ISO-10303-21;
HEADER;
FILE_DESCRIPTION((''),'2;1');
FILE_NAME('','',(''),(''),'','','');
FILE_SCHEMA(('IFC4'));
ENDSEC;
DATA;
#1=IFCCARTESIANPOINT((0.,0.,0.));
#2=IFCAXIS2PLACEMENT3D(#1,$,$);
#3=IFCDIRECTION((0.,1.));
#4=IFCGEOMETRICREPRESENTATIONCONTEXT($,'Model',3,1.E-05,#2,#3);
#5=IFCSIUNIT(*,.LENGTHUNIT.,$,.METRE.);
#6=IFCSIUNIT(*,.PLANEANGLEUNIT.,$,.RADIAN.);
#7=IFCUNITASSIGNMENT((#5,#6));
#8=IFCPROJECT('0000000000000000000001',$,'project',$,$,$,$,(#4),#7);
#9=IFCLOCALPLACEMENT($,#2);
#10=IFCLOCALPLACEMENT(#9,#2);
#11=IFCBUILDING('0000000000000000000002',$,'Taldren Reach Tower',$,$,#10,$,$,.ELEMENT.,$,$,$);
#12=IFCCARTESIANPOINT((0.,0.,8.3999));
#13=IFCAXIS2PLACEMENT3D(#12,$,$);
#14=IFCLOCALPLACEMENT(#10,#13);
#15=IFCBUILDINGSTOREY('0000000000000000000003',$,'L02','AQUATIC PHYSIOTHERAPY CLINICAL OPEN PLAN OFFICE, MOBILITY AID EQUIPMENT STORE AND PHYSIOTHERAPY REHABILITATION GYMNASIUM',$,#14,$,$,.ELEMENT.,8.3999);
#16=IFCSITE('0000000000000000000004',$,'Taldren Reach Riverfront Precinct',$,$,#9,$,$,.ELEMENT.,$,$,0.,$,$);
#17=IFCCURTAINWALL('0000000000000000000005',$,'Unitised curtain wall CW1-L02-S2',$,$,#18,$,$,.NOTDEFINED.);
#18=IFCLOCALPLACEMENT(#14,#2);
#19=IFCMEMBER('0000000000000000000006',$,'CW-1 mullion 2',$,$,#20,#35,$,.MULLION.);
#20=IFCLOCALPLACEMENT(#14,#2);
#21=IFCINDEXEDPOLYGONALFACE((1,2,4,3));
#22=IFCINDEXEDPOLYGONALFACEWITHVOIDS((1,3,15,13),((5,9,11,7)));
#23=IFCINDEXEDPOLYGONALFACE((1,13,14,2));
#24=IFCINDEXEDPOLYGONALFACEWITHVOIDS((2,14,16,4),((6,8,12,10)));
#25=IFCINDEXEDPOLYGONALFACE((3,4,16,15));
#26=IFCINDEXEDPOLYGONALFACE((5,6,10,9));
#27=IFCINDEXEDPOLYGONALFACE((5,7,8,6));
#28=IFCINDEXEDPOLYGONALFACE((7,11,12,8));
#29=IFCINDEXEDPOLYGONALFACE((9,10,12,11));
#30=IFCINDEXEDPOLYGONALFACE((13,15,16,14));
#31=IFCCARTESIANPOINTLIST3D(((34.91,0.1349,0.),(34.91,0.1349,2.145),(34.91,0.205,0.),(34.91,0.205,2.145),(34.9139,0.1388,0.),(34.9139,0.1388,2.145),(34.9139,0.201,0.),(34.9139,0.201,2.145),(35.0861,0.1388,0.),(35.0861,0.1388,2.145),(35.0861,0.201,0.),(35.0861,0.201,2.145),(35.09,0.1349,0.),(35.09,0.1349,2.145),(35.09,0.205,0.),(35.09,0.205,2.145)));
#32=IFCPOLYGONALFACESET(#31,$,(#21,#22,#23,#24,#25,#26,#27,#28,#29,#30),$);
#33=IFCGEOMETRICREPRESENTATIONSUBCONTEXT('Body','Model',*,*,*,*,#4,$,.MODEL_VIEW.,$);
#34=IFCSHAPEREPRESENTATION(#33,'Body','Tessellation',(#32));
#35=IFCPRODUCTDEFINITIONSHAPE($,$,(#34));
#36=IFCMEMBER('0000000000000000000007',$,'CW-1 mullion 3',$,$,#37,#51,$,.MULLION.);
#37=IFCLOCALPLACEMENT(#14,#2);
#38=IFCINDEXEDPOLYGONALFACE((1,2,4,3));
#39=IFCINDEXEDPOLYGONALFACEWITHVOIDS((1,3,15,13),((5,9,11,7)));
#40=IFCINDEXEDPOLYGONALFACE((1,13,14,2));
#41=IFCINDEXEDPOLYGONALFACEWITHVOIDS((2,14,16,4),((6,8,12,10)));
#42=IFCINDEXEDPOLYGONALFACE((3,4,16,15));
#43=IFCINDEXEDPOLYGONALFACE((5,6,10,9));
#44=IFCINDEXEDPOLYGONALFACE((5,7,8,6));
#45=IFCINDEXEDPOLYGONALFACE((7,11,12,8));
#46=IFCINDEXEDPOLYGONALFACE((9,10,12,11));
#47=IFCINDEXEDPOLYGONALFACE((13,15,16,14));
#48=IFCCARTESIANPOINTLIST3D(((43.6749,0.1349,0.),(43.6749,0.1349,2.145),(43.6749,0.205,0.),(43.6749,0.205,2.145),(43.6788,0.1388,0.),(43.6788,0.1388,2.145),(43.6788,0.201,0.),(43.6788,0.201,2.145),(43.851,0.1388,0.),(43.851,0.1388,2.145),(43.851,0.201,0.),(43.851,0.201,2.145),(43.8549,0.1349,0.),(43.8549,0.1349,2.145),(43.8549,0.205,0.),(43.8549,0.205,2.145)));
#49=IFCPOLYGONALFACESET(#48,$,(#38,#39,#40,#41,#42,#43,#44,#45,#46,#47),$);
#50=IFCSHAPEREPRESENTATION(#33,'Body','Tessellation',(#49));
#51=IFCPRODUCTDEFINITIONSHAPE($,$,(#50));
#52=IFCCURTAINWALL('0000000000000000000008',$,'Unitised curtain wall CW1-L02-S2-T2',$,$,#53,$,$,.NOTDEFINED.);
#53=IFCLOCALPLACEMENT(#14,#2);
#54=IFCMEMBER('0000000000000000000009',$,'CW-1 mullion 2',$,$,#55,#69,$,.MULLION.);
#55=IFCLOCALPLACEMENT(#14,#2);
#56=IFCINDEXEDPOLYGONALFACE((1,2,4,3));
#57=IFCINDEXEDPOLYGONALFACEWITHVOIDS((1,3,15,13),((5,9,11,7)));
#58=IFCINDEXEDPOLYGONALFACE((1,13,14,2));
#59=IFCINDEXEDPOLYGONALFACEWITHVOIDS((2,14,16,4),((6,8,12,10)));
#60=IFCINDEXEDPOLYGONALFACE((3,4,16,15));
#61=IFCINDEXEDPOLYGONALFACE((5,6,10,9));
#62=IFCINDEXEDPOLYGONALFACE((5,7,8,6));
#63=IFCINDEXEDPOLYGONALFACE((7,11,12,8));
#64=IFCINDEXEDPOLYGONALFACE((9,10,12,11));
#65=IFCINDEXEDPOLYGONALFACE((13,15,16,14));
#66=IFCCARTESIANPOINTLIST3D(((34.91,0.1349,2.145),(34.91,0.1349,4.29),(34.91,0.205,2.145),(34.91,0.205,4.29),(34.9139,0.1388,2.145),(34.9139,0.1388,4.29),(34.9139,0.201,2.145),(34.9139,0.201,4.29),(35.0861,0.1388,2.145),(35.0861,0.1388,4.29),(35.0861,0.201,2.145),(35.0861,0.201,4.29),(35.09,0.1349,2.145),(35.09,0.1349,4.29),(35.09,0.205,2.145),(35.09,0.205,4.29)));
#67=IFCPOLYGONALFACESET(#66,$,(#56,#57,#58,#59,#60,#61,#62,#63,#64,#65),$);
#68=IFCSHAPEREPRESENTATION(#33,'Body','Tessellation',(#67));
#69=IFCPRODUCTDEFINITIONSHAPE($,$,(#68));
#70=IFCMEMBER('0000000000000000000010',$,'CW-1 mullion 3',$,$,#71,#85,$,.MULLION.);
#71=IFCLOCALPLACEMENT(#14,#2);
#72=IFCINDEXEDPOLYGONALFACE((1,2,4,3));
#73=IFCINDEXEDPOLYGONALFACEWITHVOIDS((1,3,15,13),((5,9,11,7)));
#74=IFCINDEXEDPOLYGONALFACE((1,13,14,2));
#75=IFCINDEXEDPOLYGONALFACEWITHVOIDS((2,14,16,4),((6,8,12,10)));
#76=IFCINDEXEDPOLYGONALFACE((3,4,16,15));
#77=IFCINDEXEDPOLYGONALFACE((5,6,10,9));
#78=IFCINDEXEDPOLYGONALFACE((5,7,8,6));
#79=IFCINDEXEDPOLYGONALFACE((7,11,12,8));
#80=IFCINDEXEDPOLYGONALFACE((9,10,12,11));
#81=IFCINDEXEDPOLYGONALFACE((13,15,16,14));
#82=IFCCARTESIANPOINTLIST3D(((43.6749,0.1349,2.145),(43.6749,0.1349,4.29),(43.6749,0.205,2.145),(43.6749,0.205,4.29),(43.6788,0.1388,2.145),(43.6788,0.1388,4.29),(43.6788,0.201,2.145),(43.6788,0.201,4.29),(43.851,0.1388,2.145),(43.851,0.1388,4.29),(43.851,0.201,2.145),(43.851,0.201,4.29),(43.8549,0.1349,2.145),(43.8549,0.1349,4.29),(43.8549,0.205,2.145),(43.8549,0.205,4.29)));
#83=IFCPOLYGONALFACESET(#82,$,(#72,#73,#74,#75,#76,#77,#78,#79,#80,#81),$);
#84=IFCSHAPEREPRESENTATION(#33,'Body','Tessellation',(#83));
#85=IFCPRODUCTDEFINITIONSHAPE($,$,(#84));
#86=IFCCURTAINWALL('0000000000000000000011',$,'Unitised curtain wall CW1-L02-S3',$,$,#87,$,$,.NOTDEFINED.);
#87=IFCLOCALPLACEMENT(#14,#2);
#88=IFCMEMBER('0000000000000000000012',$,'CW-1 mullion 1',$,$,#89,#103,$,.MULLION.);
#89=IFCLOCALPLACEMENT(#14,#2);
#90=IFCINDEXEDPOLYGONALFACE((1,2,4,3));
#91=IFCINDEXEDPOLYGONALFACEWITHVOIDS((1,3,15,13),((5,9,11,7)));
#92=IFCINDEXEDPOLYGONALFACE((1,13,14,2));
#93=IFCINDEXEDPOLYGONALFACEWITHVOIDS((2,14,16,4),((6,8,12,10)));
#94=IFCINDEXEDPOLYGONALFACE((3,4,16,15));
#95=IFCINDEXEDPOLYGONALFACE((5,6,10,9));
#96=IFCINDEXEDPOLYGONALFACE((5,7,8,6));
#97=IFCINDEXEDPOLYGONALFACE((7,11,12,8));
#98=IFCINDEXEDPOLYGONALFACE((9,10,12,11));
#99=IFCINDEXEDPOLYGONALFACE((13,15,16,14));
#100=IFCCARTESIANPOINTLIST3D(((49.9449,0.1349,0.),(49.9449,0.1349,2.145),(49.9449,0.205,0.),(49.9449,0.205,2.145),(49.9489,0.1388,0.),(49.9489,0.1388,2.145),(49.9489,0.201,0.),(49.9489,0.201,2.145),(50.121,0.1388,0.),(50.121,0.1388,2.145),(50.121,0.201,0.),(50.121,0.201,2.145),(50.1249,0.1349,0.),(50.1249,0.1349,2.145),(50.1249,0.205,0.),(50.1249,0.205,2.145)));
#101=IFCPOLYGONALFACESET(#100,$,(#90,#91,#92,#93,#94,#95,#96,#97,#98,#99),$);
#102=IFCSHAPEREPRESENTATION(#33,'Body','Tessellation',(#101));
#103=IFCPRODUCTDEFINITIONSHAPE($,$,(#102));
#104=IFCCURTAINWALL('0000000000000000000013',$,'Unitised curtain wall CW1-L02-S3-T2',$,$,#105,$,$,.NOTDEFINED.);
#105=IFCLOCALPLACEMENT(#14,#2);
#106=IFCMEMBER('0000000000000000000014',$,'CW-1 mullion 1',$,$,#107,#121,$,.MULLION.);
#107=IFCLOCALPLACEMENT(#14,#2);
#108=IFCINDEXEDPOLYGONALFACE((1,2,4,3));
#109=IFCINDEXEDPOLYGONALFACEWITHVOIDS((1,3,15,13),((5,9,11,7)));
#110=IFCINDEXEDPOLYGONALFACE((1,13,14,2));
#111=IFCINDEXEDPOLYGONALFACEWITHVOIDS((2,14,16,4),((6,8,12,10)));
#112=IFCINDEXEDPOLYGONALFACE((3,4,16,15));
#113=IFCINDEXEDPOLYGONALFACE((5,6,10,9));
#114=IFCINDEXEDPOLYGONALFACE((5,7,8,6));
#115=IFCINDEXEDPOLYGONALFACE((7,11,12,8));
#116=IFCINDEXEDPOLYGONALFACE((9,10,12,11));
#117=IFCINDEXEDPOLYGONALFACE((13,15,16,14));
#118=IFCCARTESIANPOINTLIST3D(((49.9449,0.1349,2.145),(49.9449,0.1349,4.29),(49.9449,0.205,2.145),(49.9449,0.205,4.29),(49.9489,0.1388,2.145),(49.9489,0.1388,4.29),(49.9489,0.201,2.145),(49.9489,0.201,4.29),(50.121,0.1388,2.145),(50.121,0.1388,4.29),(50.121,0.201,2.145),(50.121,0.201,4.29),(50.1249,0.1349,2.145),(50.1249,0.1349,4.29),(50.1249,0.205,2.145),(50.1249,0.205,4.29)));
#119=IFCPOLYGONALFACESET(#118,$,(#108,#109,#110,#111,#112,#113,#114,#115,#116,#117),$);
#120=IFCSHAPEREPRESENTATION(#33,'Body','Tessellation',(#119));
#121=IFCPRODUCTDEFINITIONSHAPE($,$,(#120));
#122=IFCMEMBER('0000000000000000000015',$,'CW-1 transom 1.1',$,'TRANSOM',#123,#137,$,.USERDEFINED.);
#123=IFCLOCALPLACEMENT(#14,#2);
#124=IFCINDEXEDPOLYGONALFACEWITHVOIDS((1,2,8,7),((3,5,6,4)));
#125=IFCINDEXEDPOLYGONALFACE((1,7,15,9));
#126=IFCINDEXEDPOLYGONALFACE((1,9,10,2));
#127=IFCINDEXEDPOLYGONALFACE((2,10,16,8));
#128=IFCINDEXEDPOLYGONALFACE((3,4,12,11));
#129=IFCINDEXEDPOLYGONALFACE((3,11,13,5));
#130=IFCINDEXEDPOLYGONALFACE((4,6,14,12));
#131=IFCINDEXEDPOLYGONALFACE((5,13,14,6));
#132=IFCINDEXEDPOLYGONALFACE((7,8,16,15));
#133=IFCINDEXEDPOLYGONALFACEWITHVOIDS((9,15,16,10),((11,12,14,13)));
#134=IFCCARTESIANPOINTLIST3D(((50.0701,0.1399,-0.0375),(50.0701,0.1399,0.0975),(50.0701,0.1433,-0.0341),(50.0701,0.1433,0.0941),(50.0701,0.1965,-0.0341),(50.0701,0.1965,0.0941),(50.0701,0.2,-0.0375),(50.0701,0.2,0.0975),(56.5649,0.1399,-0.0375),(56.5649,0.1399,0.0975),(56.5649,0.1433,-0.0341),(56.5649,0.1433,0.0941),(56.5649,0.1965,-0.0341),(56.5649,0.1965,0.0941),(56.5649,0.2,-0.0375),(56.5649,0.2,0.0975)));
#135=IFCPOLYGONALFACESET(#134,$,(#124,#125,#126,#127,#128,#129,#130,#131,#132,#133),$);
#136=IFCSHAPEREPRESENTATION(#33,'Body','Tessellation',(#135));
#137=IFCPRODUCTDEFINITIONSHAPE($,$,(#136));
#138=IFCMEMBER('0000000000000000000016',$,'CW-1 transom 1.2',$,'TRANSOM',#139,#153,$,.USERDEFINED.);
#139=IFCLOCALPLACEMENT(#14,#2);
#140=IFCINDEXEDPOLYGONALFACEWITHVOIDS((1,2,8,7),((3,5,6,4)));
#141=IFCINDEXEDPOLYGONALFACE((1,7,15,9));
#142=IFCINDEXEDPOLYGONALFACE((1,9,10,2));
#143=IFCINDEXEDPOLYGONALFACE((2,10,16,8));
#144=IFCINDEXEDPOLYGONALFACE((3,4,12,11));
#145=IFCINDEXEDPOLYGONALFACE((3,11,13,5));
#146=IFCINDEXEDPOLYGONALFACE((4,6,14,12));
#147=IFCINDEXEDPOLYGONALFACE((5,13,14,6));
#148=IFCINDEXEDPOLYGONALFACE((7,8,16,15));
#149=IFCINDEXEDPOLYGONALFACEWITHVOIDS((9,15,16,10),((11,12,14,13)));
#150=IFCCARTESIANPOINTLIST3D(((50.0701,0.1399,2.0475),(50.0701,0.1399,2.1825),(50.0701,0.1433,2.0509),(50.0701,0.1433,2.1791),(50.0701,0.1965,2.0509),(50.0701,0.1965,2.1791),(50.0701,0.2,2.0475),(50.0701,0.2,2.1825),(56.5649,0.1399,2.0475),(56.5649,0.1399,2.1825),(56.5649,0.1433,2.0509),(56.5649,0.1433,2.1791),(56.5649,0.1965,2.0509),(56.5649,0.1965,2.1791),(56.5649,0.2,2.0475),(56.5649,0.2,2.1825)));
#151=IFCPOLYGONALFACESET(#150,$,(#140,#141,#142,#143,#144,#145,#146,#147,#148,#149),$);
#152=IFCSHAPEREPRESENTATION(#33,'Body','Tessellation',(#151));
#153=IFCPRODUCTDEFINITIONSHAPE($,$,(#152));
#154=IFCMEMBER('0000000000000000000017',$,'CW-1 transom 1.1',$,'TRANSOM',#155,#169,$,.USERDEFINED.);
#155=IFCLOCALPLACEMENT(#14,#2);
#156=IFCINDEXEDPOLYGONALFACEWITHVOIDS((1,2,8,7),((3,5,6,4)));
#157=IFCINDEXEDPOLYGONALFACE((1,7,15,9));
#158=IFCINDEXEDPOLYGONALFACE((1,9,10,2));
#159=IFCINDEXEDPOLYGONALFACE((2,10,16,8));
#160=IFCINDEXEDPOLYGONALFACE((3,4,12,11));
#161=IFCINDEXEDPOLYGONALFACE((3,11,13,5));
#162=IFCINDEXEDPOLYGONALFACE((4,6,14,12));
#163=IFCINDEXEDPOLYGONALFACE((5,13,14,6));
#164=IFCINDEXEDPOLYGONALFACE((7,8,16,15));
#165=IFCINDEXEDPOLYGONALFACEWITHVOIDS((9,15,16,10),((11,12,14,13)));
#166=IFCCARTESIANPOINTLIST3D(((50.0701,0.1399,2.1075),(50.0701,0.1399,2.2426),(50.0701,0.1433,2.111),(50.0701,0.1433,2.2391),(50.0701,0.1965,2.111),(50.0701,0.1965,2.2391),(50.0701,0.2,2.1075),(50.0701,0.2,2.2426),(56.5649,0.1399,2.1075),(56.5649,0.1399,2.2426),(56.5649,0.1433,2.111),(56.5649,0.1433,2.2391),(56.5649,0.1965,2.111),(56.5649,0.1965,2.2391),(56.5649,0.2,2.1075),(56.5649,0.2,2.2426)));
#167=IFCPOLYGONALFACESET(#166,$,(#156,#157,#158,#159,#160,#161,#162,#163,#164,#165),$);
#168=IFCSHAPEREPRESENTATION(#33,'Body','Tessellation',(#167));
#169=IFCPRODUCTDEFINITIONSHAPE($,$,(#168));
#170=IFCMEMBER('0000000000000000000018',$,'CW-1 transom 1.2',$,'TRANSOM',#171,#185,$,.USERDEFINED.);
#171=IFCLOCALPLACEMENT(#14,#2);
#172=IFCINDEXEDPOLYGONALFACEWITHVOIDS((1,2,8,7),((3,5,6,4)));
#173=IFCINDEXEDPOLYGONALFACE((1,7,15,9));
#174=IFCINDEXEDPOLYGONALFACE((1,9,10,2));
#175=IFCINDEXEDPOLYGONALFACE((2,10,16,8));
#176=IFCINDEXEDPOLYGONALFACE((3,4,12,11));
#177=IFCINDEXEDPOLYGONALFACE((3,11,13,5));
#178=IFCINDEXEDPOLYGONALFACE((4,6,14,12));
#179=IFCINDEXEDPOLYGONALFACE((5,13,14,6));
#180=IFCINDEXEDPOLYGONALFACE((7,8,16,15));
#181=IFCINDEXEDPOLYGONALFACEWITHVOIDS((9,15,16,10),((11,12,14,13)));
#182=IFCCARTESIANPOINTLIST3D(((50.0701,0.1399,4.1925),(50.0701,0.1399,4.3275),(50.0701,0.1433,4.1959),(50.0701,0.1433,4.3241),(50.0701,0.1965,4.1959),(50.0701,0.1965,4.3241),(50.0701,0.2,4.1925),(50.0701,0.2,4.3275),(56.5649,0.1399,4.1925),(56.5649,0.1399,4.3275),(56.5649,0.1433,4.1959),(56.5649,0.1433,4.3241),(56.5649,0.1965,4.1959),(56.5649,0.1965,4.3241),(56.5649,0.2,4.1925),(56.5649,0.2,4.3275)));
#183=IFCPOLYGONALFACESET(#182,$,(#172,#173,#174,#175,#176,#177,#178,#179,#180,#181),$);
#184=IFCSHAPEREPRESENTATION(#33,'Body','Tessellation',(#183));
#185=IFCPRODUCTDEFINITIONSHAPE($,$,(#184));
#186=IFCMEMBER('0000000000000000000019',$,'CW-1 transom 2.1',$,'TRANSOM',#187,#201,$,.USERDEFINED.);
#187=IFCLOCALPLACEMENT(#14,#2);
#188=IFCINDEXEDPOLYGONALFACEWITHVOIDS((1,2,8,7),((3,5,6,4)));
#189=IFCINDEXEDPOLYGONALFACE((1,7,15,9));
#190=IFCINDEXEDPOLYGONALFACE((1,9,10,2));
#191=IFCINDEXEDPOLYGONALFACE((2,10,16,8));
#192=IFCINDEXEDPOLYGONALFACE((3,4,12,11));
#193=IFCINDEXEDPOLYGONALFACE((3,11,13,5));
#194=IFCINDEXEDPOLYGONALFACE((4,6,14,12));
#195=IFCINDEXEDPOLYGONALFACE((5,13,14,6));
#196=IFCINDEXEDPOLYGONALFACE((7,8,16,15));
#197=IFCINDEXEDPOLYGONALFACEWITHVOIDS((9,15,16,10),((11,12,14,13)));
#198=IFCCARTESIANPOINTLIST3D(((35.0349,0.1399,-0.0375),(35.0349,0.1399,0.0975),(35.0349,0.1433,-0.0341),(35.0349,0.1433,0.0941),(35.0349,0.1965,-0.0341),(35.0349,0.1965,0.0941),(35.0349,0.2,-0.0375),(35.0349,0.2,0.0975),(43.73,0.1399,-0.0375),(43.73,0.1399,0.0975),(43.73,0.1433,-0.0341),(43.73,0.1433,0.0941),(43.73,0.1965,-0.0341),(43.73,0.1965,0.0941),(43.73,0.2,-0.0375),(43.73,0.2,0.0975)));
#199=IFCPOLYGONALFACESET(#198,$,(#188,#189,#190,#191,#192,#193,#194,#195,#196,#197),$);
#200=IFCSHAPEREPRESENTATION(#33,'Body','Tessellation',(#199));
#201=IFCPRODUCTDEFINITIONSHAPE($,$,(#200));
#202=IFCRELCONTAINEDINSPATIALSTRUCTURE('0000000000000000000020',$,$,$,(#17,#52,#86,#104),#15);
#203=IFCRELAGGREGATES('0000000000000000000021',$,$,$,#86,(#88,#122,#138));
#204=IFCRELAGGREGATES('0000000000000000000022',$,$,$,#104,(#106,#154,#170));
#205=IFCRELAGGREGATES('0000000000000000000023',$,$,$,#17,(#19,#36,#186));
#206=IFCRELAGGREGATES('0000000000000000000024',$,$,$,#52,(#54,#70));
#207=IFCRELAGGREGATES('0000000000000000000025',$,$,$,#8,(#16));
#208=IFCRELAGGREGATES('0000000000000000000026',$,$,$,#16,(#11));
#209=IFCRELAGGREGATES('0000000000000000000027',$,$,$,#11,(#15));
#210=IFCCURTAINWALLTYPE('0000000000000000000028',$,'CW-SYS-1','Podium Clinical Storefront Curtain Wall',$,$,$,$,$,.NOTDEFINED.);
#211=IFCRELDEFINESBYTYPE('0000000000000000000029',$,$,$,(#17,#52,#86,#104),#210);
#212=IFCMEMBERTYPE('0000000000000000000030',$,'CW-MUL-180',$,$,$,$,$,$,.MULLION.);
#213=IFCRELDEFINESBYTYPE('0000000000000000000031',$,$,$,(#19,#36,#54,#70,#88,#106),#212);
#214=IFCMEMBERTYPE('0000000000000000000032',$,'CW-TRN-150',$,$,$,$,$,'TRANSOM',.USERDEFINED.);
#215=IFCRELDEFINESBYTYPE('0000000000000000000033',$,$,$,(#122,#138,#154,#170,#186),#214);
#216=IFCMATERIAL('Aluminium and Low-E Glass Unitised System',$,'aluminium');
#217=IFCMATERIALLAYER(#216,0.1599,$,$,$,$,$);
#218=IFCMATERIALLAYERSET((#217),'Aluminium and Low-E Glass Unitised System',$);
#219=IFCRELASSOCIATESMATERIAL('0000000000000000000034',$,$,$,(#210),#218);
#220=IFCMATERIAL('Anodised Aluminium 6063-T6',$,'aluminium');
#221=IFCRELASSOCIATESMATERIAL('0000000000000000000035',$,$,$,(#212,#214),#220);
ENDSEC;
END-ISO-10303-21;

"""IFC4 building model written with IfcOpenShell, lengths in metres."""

from ifc_helpers import new_model, si_unit, direction, frame, origin, origin_2d, place, context, subcontext, project, spatial, hollow_rectangle, extrude, source, transform, mapped, material, layer, layer_set, material_profile, profile_set, type_object, element, aggregate, save


model = new_model("IFC4")

# Units and contexts
model_context = context("Model", 3, precision=1e-05, world=origin(), true_north=direction((0.0, 1.0)))
body_context = subcontext(model_context, "Body", "Model", "MODEL_VIEW")
ifc_project = project(units=[si_unit("LENGTHUNIT", "METRE"), si_unit("PLANEANGLEUNIT", "RADIAN")], contexts=[model_context])

# Site, building, storey
site_placement = place(None, origin())
site = spatial("IfcSite", under=ifc_project, at=site_placement, Name="Taldren Reach Riverfront Precinct", CompositionType="ELEMENT", RefElevation=0.0)
building_placement = place(site_placement, origin())
building = spatial("IfcBuilding", under=site, at=building_placement, Name="Taldren Reach Tower", CompositionType="ELEMENT")
storey_placement = place(building_placement, frame((0.0, 0.0, 8.3999)))
storey = spatial("IfcBuildingStorey", under=building, at=storey_placement, Name="L02", Description="AQUATIC PHYSIOTHERAPY CLINICAL OPEN PLAN OFFICE, MOBILITY AID EQUIPMENT STORE AND PHYSIOTHERAPY REHABILITATION GYMNASIUM", CompositionType="ELEMENT", Elevation=8.3999)

# Curtain walls, members
ifc_material_1 = material(Name="Aluminium and Low-E Glass Unitised System", Category="aluminium")
ifc_layer_1 = layer(ifc_material_1, 0.1599)
ifc_layer_set_1 = layer_set([ifc_layer_1], Name="Aluminium and Low-E Glass Unitised System")
curtain_wall_type = type_object("IfcCurtainWallType", Name="CW-SYS-1", Description="Podium Clinical Storefront Curtain Wall", PredefinedType="NOTDEFINED", material=ifc_layer_set_1)
curtain_wall_1_placement = place(storey_placement, origin())
curtain_wall_1 = element("IfcCurtainWall", 1, at=curtain_wall_1_placement, inside=storey, type_object=curtain_wall_type, Name="Unitised curtain wall CW1-L02-S2", PredefinedType="NOTDEFINED")
ifc_material_2 = material(Name="Anodised Aluminium 6063-T6", Category="aluminium")
ifc_material_profile_1 = material_profile(ifc_material_2, hollow_rectangle(XDim=0.0701, YDim=0.1799, WallThickness=0.0039, at=origin_2d()), Name="ALU-180x70x4RHS")
ifc_profile_set_1 = profile_set([ifc_material_profile_1], Name="Anodised Aluminium 6063-T6")
member_type_1 = type_object("IfcMemberType", Name="CW-MUL-180", PredefinedType="MULLION", material=ifc_profile_set_1)
shared_shape_1 = source(origin(), body_context, "Body", "SweptSolid", [
    extrude(hollow_rectangle(XDim=0.0701, YDim=0.1799, WallThickness=0.0039, at=origin_2d()), origin(), (0.0, 0.0, 1.0), 2.145),
])
member_1_placement = place(storey_placement, frame((35.0, 0.1699, 0.0), z_axis=(0.0, 0.0, 1.0), x_axis=(0.0, 1.0, 0.0)))
member_1 = element("IfcMember", 2, at=member_1_placement, type_object=member_type_1, Name="CW-1 mullion 2", PredefinedType="MULLION", context=body_context, shape_type="MappedRepresentation", body=[
    mapped(shared_shape_1, transform((0.0, 0.0, 0.0), scale=1.0)),
])
member_2_placement = place(storey_placement, frame((43.7649, 0.1699, 0.0), z_axis=(0.0, 0.0, 1.0), x_axis=(0.0, 1.0, 0.0)))
member_2 = element("IfcMember", 3, at=member_2_placement, type_object=member_type_1, Name="CW-1 mullion 3", PredefinedType="MULLION", context=body_context, shape_type="MappedRepresentation", body=[
    mapped(shared_shape_1, transform((0.0, 0.0, 0.0), scale=1.0)),
])
curtain_wall_2_placement = place(storey_placement, origin())
curtain_wall_2 = element("IfcCurtainWall", 4, at=curtain_wall_2_placement, inside=storey, type_object=curtain_wall_type, Name="Unitised curtain wall CW1-L02-S2-T2", PredefinedType="NOTDEFINED")
member_3_placement = place(storey_placement, frame((35.0, 0.1699, 2.145), z_axis=(0.0, 0.0, 1.0), x_axis=(0.0, 1.0, 0.0)))
member_3 = element("IfcMember", 5, at=member_3_placement, type_object=member_type_1, Name="CW-1 mullion 2", PredefinedType="MULLION", context=body_context, shape_type="MappedRepresentation", body=[
    mapped(shared_shape_1, transform((0.0, 0.0, 0.0), scale=1.0)),
])
member_4_placement = place(storey_placement, frame((43.7649, 0.1699, 2.145), z_axis=(0.0, 0.0, 1.0), x_axis=(0.0, 1.0, 0.0)))
member_4 = element("IfcMember", 6, at=member_4_placement, type_object=member_type_1, Name="CW-1 mullion 3", PredefinedType="MULLION", context=body_context, shape_type="MappedRepresentation", body=[
    mapped(shared_shape_1, transform((0.0, 0.0, 0.0), scale=1.0)),
])

# Curtain walls, members
curtain_wall_3_placement = place(storey_placement, origin())
curtain_wall_3 = element("IfcCurtainWall", 7, at=curtain_wall_3_placement, inside=storey, type_object=curtain_wall_type, Name="Unitised curtain wall CW1-L02-S3", PredefinedType="NOTDEFINED")
member_5_placement = place(storey_placement, frame((50.0349, 0.1699, 0.0), z_axis=(0.0, 0.0, 1.0), x_axis=(0.0, 1.0, 0.0)))
member_5 = element("IfcMember", 8, at=member_5_placement, type_object=member_type_1, Name="CW-1 mullion 1", PredefinedType="MULLION", context=body_context, shape_type="MappedRepresentation", body=[
    mapped(shared_shape_1, transform((0.0, 0.0, 0.0), scale=1.0)),
])
curtain_wall_4_placement = place(storey_placement, origin())
curtain_wall_4 = element("IfcCurtainWall", 9, at=curtain_wall_4_placement, inside=storey, type_object=curtain_wall_type, Name="Unitised curtain wall CW1-L02-S3-T2", PredefinedType="NOTDEFINED")
member_6_placement = place(storey_placement, frame((50.0349, 0.1699, 2.145), z_axis=(0.0, 0.0, 1.0), x_axis=(0.0, 1.0, 0.0)))
member_6 = element("IfcMember", 10, at=member_6_placement, type_object=member_type_1, Name="CW-1 mullion 1", PredefinedType="MULLION", context=body_context, shape_type="MappedRepresentation", body=[
    mapped(shared_shape_1, transform((0.0, 0.0, 0.0), scale=1.0)),
])

# Members
ifc_material_profile_2 = material_profile(ifc_material_2, hollow_rectangle(XDim=0.0601, YDim=0.135, WallThickness=0.0034, at=origin_2d()), Name="ALU-135x60x3.5RHS")
ifc_profile_set_2 = profile_set([ifc_material_profile_2], Name="Anodised Aluminium 6063-T6")
member_type_2 = type_object("IfcMemberType", Name="CW-TRN-150", ElementType="TRANSOM", PredefinedType="USERDEFINED", material=ifc_profile_set_2)
shared_shape_2 = source(origin(), body_context, "Body", "SweptSolid", [
    extrude(hollow_rectangle(XDim=0.0601, YDim=0.135, WallThickness=0.0034, at=origin_2d()), origin(), (0.0, 0.0, 1.0), 6.4949),
])
member_7_placement = place(storey_placement, frame((50.0701, 0.1699, 0.03), z_axis=(1.0, 0.0, 0.0), x_axis=(0.0, 1.0, 0.0)))
member_7 = element("IfcMember", 11, at=member_7_placement, type_object=member_type_2, Name="CW-1 transom 1.1", ObjectType="TRANSOM", PredefinedType="USERDEFINED", context=body_context, shape_type="MappedRepresentation", body=[
    mapped(shared_shape_2, transform((0.0, 0.0, 0.0), scale=1.0)),
])
member_8_placement = place(storey_placement, frame((50.0701, 0.1699, 2.115), z_axis=(1.0, 0.0, 0.0), x_axis=(0.0, 1.0, 0.0)))
member_8 = element("IfcMember", 12, at=member_8_placement, type_object=member_type_2, Name="CW-1 transom 1.2", ObjectType="TRANSOM", PredefinedType="USERDEFINED", context=body_context, shape_type="MappedRepresentation", body=[
    mapped(shared_shape_2, transform((0.0, 0.0, 0.0), scale=1.0)),
])
aggregate(curtain_wall_3, [member_5, member_7, member_8])
member_9_placement = place(storey_placement, frame((50.0701, 0.1699, 2.175), z_axis=(1.0, 0.0, 0.0), x_axis=(0.0, 1.0, 0.0)))
member_9 = element("IfcMember", 13, at=member_9_placement, type_object=member_type_2, Name="CW-1 transom 1.1", ObjectType="TRANSOM", PredefinedType="USERDEFINED", context=body_context, shape_type="MappedRepresentation", body=[
    mapped(shared_shape_2, transform((0.0, 0.0, 0.0), scale=1.0)),
])
member_10_placement = place(storey_placement, frame((50.0701, 0.1699, 4.26), z_axis=(1.0, 0.0, 0.0), x_axis=(0.0, 1.0, 0.0)))
member_10 = element("IfcMember", 14, at=member_10_placement, type_object=member_type_2, Name="CW-1 transom 1.2", ObjectType="TRANSOM", PredefinedType="USERDEFINED", context=body_context, shape_type="MappedRepresentation", body=[
    mapped(shared_shape_2, transform((0.0, 0.0, 0.0), scale=1.0)),
])
aggregate(curtain_wall_4, [member_6, member_9, member_10])
shared_shape_3 = source(origin(), body_context, "Body", "SweptSolid", [
    extrude(hollow_rectangle(XDim=0.0601, YDim=0.135, WallThickness=0.0034, at=origin_2d()), origin(), (0.0, 0.0, 1.0), 8.6951),
])
member_11_placement = place(storey_placement, frame((35.0349, 0.1699, 0.03), z_axis=(1.0, 0.0, 0.0), x_axis=(0.0, 1.0, 0.0)))
member_11 = element("IfcMember", 15, at=member_11_placement, type_object=member_type_2, Name="CW-1 transom 2.1", ObjectType="TRANSOM", PredefinedType="USERDEFINED", context=body_context, shape_type="MappedRepresentation", body=[
    mapped(shared_shape_3, transform((0.0, 0.0, 0.0), scale=1.0)),
])

aggregate(curtain_wall_1, [member_1, member_2, member_11])
aggregate(curtain_wall_2, [member_3, member_4])

save(model, "model.ifc")
